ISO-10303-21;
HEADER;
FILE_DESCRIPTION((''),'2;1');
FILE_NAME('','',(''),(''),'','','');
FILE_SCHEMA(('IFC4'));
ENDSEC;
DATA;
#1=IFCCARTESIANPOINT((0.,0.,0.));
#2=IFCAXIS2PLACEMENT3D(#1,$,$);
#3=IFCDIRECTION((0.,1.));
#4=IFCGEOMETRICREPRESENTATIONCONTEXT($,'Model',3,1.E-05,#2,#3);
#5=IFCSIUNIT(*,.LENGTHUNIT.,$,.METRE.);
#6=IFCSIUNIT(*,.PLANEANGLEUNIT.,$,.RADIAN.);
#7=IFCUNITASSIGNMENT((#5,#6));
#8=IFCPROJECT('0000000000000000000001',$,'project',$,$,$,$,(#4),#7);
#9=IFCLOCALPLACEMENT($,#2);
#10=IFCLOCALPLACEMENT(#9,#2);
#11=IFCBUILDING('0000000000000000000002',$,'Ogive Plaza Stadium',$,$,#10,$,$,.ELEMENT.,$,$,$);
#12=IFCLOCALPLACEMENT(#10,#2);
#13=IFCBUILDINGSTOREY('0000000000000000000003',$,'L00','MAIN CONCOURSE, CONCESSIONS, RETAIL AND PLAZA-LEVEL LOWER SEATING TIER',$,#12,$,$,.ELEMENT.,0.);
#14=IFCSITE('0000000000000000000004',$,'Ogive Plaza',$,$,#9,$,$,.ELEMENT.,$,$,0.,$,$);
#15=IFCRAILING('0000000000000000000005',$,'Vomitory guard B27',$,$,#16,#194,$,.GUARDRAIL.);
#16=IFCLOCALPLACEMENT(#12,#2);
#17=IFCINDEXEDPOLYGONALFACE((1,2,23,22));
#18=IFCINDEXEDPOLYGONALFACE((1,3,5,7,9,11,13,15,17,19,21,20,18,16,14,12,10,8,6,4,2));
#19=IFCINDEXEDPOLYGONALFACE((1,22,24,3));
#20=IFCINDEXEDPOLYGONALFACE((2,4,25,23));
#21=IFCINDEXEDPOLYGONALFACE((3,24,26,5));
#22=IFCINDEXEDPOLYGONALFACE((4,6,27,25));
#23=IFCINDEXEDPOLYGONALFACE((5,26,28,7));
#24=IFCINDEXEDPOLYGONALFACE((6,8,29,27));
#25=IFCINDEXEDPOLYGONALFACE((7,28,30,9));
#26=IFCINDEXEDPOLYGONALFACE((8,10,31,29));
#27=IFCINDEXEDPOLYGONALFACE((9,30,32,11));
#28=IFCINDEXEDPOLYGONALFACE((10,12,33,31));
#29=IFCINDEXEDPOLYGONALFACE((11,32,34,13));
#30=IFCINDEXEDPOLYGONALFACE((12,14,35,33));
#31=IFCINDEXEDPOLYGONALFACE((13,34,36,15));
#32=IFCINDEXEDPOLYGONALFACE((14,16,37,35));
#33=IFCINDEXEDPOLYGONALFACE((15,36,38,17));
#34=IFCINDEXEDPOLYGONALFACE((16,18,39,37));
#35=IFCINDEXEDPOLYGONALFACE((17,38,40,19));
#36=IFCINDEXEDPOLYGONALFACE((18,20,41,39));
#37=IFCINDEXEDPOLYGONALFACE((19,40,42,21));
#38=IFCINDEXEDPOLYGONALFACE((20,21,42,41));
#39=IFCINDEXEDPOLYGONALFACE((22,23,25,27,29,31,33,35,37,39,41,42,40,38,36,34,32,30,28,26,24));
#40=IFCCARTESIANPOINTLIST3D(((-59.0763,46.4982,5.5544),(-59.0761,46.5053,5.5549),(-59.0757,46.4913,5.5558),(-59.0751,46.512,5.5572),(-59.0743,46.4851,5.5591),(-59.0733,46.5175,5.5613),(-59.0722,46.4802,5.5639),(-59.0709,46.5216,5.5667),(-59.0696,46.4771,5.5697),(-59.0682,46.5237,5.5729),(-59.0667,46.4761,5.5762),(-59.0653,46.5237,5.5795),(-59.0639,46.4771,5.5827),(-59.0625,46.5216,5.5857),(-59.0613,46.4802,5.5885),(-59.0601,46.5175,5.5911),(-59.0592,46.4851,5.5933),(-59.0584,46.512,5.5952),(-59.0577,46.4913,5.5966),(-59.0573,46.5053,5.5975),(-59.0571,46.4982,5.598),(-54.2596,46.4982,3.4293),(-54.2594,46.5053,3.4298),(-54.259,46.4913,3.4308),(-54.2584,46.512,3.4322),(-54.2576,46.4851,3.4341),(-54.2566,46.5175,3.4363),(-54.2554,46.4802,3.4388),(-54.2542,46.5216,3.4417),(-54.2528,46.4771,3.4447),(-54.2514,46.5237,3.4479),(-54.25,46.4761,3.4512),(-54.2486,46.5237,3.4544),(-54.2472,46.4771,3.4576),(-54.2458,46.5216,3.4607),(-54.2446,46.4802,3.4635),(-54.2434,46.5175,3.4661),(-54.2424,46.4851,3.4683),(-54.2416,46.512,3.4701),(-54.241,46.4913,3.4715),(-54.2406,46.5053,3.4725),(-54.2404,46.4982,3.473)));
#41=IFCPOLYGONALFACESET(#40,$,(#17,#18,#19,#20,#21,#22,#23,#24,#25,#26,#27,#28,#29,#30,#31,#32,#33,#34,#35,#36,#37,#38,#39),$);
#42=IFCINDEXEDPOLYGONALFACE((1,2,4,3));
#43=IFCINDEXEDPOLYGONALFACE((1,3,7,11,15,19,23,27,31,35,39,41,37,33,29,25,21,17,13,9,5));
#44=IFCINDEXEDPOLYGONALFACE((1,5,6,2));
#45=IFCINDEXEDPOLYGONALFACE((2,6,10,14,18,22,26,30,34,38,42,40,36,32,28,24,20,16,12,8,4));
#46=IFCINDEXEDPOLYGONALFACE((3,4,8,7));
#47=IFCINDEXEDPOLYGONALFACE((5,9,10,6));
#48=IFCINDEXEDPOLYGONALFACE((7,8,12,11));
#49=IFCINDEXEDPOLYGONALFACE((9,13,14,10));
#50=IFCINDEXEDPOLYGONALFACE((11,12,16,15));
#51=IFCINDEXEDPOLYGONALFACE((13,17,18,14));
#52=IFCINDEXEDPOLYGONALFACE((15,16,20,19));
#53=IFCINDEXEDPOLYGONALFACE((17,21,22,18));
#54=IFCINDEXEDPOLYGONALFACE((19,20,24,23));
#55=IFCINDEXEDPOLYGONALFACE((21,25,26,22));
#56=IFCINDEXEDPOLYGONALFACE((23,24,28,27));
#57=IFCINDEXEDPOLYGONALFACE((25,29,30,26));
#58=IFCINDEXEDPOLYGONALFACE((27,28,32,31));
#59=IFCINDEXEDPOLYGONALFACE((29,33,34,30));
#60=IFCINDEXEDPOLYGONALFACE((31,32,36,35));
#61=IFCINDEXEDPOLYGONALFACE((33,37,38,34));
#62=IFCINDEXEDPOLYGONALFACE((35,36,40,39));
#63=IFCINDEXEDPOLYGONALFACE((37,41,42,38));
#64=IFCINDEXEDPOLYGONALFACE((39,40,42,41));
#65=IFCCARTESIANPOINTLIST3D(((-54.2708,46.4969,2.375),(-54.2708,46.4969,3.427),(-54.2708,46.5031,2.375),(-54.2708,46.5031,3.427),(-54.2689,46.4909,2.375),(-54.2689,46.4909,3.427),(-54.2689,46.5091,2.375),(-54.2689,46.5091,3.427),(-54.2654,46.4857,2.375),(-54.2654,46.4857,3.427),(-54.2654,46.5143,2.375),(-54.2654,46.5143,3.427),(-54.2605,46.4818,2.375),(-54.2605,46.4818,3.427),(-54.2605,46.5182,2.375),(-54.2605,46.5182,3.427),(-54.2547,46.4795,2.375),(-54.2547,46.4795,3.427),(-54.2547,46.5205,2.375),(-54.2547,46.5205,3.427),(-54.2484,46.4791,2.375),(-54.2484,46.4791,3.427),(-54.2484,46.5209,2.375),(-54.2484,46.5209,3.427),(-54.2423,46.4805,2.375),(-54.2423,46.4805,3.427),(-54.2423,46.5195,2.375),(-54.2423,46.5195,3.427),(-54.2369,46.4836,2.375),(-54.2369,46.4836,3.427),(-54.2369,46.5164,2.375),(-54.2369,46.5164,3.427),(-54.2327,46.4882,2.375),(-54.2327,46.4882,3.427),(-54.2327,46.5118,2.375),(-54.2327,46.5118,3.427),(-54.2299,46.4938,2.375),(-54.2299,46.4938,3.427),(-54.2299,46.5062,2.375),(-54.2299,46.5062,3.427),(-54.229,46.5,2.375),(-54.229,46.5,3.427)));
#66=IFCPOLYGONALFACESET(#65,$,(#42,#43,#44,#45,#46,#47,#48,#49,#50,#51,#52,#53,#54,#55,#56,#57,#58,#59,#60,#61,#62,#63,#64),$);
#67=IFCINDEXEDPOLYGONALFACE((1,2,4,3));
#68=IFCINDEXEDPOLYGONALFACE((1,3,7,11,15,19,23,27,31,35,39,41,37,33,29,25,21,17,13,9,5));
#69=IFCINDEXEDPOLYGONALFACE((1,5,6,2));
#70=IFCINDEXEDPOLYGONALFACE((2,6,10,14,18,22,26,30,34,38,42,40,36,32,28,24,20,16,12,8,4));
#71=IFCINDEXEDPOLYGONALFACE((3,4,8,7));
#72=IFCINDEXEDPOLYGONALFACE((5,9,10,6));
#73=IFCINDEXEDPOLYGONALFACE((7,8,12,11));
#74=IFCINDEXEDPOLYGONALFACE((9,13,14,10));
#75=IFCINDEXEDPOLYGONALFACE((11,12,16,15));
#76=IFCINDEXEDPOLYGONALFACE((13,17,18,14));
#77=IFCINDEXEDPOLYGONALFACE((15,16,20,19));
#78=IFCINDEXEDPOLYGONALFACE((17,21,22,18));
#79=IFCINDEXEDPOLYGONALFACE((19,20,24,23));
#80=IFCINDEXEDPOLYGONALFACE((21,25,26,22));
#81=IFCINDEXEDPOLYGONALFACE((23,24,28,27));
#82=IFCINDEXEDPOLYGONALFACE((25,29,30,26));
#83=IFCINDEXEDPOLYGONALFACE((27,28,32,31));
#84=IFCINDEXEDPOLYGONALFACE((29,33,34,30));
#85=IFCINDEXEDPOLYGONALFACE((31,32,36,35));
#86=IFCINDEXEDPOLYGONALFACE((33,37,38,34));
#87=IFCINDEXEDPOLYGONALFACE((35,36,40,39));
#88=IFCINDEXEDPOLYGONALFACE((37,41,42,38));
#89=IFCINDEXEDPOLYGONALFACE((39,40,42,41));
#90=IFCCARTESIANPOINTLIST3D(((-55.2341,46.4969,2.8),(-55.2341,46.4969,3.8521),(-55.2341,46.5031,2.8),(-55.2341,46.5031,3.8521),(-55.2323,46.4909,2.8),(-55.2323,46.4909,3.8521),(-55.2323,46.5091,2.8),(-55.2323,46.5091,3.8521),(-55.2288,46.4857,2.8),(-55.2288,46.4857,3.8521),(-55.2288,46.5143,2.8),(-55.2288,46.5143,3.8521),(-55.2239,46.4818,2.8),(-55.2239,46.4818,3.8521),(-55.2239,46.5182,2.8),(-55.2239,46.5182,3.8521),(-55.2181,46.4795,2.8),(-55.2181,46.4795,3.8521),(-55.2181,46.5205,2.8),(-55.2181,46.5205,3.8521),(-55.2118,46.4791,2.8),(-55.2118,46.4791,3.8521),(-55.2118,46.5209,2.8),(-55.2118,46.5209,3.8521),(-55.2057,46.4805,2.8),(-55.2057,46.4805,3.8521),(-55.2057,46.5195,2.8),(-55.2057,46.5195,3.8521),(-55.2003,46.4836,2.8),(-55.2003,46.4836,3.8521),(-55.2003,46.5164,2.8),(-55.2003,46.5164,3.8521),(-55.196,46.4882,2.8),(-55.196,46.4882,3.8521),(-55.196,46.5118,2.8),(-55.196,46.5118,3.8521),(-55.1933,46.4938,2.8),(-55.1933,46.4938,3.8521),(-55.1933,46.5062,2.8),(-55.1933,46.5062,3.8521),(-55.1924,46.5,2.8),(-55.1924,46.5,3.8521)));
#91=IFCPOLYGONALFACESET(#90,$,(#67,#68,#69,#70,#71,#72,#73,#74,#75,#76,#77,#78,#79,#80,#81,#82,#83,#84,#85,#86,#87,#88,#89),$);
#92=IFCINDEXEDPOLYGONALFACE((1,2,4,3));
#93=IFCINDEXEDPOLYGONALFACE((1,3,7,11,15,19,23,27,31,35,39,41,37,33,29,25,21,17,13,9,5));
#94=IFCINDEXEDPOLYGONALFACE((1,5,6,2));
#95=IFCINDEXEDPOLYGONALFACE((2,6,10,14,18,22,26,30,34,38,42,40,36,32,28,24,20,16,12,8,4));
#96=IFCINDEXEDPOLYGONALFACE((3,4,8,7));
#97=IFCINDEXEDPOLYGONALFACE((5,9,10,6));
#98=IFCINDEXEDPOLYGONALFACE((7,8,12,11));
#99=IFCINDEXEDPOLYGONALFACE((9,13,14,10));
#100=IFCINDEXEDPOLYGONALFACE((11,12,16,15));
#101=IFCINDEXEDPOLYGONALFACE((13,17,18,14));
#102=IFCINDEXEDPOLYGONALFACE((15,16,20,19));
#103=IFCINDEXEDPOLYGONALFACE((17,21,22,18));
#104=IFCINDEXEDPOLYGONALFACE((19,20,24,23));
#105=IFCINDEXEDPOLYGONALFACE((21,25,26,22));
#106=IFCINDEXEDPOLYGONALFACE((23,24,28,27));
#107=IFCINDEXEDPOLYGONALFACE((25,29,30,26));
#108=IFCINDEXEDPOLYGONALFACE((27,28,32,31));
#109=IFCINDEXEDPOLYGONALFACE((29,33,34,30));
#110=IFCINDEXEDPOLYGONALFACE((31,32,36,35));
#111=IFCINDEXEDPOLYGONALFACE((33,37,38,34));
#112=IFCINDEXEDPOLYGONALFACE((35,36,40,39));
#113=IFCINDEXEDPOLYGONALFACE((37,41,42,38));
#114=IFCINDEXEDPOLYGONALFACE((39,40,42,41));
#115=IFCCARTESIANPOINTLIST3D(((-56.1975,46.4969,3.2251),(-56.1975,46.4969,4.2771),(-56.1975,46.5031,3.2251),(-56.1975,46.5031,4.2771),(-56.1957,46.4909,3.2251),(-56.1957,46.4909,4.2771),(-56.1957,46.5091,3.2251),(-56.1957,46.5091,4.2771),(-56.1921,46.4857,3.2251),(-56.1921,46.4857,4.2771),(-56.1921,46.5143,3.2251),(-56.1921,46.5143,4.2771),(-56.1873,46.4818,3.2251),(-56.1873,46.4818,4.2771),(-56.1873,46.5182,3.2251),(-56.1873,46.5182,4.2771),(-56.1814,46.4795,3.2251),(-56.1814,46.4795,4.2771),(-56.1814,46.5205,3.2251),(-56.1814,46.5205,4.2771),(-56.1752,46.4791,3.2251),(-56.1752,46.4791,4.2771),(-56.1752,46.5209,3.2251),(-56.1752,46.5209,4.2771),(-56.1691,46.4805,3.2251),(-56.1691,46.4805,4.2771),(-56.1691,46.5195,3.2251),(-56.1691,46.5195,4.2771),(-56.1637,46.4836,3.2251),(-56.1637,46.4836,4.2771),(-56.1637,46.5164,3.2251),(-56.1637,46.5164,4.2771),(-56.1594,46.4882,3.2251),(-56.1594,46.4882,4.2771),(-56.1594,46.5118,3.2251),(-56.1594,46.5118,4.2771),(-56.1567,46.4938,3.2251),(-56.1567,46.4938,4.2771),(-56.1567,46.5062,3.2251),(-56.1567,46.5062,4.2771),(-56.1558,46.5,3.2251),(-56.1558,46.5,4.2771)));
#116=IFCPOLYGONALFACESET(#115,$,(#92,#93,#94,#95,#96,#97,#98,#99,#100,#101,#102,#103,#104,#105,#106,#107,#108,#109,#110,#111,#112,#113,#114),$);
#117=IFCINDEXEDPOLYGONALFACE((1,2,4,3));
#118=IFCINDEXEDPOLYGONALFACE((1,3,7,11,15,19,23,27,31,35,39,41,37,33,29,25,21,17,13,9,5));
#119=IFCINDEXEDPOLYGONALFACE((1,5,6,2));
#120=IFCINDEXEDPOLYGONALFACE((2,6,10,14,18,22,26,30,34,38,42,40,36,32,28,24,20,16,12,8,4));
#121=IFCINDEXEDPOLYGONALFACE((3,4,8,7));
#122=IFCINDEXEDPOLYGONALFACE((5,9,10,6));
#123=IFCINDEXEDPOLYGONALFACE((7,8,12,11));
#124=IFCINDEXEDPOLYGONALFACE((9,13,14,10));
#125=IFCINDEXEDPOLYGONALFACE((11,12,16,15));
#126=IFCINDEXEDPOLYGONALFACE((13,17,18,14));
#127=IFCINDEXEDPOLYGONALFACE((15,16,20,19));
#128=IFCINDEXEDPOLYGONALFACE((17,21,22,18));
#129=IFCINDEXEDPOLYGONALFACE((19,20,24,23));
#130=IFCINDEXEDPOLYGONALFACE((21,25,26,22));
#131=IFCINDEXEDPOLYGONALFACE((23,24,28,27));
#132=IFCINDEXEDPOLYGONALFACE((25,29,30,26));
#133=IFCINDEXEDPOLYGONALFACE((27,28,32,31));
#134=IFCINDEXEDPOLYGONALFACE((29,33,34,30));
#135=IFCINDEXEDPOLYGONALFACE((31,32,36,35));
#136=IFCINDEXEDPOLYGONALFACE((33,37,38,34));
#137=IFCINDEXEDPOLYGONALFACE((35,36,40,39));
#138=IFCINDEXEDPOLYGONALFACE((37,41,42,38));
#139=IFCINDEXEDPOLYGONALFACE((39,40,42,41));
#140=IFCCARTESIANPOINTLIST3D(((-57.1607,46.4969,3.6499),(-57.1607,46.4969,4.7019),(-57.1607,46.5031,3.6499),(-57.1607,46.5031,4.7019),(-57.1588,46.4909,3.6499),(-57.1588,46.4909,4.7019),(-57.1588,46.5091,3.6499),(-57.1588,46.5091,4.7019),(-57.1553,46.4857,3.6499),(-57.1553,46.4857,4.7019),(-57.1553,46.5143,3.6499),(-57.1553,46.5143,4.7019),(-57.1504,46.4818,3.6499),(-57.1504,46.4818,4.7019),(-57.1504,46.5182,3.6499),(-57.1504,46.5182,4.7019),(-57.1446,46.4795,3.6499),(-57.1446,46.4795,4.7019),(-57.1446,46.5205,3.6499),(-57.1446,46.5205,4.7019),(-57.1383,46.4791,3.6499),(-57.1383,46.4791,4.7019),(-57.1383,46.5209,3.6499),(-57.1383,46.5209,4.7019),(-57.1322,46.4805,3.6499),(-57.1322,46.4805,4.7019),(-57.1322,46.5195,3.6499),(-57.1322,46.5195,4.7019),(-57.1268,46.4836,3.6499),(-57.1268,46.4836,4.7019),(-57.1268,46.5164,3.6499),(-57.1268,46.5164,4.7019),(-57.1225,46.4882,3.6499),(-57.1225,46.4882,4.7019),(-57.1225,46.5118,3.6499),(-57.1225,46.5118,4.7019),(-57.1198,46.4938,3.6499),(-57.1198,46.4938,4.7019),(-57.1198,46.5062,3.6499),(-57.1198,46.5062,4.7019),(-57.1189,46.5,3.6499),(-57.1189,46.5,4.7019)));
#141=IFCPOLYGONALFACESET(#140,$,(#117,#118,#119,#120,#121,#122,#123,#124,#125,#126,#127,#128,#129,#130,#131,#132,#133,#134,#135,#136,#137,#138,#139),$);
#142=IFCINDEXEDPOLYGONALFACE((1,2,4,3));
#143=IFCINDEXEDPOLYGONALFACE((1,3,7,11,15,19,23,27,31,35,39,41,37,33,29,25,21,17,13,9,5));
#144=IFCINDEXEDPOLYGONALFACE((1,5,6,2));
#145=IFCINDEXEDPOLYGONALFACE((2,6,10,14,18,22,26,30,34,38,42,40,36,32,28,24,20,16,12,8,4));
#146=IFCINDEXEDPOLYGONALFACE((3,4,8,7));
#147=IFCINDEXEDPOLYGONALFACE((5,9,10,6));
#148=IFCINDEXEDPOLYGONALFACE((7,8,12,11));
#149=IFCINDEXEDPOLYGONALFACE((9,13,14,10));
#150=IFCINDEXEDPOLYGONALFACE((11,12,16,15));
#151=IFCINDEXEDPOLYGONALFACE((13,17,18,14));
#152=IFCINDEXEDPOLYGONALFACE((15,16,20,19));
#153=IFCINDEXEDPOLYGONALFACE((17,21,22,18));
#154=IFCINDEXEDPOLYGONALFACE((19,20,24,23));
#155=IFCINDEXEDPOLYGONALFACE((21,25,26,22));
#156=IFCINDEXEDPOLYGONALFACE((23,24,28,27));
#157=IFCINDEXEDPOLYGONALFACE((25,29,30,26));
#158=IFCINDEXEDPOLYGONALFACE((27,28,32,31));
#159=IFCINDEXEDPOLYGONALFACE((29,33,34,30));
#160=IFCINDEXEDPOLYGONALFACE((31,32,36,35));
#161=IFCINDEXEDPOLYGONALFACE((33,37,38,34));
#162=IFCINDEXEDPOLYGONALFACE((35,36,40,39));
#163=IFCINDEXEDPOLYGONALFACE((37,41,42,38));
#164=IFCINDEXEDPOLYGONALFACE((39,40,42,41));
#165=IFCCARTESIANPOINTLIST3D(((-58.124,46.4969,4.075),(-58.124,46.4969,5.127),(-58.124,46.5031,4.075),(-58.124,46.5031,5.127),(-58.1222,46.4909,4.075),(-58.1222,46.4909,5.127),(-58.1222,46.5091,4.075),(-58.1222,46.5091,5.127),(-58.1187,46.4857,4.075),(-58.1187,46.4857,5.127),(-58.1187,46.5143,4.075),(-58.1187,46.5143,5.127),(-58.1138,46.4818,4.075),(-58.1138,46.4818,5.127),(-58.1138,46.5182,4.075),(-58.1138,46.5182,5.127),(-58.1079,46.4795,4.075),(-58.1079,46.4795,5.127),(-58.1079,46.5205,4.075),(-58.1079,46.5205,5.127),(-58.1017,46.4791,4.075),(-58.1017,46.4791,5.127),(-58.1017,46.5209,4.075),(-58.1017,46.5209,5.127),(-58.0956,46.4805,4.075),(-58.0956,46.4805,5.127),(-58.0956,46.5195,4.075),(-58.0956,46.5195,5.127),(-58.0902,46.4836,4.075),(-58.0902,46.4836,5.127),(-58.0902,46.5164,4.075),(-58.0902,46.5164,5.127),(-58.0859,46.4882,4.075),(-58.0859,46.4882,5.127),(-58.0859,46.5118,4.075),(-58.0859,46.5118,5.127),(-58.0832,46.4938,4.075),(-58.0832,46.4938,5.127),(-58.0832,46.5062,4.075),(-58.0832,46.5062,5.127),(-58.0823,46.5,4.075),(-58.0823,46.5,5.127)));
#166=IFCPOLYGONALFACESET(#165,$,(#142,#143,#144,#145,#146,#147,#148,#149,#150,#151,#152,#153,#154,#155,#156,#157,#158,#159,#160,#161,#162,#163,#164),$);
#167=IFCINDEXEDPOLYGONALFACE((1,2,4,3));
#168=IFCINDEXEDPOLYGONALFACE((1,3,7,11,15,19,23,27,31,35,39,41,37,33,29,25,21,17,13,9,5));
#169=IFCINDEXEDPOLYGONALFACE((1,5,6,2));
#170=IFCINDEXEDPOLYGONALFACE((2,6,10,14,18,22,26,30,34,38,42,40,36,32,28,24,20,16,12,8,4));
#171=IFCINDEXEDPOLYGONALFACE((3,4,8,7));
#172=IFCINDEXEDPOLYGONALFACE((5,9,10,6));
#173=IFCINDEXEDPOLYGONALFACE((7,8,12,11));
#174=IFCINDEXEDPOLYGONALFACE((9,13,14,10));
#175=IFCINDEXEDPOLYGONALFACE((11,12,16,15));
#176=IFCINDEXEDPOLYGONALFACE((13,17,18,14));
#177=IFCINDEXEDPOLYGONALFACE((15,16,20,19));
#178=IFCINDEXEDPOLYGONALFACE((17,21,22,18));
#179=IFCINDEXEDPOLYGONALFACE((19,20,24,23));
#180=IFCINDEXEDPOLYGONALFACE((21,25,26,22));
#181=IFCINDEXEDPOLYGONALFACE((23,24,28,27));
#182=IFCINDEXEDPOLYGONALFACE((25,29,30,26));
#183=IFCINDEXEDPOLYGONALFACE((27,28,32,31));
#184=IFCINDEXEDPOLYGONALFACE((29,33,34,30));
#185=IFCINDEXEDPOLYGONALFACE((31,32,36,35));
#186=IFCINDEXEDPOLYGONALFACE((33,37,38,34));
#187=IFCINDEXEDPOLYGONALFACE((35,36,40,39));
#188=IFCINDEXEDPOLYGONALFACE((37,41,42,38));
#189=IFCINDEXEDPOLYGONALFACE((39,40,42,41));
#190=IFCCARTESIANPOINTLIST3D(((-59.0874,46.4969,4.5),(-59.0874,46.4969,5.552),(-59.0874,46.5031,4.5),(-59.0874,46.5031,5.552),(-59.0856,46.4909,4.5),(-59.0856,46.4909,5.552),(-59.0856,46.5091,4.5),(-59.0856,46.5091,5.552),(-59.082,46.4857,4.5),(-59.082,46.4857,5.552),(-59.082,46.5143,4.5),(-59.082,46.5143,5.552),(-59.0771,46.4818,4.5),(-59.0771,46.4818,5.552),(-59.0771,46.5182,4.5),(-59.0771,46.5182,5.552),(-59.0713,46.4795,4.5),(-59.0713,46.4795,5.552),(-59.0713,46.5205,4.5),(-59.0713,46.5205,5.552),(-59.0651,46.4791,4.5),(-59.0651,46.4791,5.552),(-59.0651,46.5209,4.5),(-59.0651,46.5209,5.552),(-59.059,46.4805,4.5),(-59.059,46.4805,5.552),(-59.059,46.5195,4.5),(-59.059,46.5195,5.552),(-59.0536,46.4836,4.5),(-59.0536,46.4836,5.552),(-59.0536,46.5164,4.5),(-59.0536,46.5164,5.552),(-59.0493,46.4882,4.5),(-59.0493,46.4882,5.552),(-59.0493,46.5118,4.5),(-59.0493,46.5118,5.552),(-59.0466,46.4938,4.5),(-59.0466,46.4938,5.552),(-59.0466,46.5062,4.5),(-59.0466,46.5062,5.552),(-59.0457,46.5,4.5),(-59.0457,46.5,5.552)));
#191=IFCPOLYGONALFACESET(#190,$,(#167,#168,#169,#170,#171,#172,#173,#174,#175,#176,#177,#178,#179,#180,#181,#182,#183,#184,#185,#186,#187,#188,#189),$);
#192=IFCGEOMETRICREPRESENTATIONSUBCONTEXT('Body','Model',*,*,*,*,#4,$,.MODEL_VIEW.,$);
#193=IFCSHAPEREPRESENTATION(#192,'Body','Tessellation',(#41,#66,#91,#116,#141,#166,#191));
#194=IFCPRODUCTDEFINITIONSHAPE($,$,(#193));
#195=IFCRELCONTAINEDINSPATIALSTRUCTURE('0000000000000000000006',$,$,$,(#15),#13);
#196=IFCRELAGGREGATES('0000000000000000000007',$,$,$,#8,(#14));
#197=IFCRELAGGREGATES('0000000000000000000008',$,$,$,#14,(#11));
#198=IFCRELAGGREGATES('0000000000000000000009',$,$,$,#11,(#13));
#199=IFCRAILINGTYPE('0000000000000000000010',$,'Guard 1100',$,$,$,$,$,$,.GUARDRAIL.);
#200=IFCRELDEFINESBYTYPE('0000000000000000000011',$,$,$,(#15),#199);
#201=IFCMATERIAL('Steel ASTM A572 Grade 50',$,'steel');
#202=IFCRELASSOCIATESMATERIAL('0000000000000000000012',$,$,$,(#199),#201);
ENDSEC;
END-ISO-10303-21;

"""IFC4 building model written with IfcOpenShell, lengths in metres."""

from ifc_helpers import new_model, si_unit, direction, frame, origin, origin_2d, place, context, subcontext, project, spatial, circle, extrude, material, type_object, element, save


model = new_model("IFC4")

# Units and contexts
model_context = context("Model", 3, precision=1e-05, world=origin(), true_north=direction((0.0, 1.0)))
body_context = subcontext(model_context, "Body", "Model", "MODEL_VIEW")
ifc_project = project(units=[si_unit("LENGTHUNIT", "METRE"), si_unit("PLANEANGLEUNIT", "RADIAN")], contexts=[model_context])

# Site, building, storey
site_placement = place(None, origin())
site = spatial("IfcSite", under=ifc_project, at=site_placement, Name="Ogive Plaza", CompositionType="ELEMENT", RefElevation=0.0)
building_placement = place(site_placement, origin())
building = spatial("IfcBuilding", under=site, at=building_placement, Name="Ogive Plaza Stadium", CompositionType="ELEMENT")
storey_placement = place(building_placement, origin())
storey = spatial("IfcBuildingStorey", under=building, at=storey_placement, Name="L00", Description="MAIN CONCOURSE, CONCESSIONS, RETAIL AND PLAZA-LEVEL LOWER SEATING TIER", CompositionType="ELEMENT", Elevation=0.0)

# Railing
ifc_material_1 = material(Name="Steel ASTM A572 Grade 50", Category="steel")
railing_type = type_object("IfcRailingType", Name="Guard 1100", PredefinedType="GUARDRAIL", material=ifc_material_1)
for number, where, name in (
    (1, (-54.25, 46.5, 2.375), "Vomitory guard B27"),
):
    element("IfcRailing", number, at=place(storey_placement, frame(where)), inside=storey, type_object=railing_type, Name=name, PredefinedType="GUARDRAIL", context=body_context, shape_type="SweptSolid", body=[
        extrude(circle(Radius=0.0239, at=origin_2d()), frame((0.0, 0.0, 1.0762), z_axis=(-0.914917, 0.0, 0.403641), x_axis=(0.0, -1.0, 0.0)), (0.0, 0.0, 1.0), 5.2646),
        extrude(circle(Radius=0.021, at=origin_2d()), origin(), (0.0, 0.0, 1.0), 1.052),
        extrude(circle(Radius=0.021, at=origin_2d()), frame((-0.9634, 0.0, 0.425)), (0.0, 0.0, 1.0), 1.052),
        extrude(circle(Radius=0.021, at=origin_2d()), frame((-1.9268, 0.0, 0.8501)), (0.0, 0.0, 1.0), 1.052),
        extrude(circle(Radius=0.021, at=origin_2d()), frame((-2.8899, 0.0, 1.2749)), (0.0, 0.0, 1.0), 1.052),
        extrude(circle(Radius=0.021, at=origin_2d()), frame((-3.8533, 0.0, 1.7)), (0.0, 0.0, 1.0), 1.052),
        extrude(circle(Radius=0.021, at=origin_2d()), frame((-4.8167, 0.0, 2.125)), (0.0, 0.0, 1.0), 1.052),
    ])

save(model, "model.ifc")
